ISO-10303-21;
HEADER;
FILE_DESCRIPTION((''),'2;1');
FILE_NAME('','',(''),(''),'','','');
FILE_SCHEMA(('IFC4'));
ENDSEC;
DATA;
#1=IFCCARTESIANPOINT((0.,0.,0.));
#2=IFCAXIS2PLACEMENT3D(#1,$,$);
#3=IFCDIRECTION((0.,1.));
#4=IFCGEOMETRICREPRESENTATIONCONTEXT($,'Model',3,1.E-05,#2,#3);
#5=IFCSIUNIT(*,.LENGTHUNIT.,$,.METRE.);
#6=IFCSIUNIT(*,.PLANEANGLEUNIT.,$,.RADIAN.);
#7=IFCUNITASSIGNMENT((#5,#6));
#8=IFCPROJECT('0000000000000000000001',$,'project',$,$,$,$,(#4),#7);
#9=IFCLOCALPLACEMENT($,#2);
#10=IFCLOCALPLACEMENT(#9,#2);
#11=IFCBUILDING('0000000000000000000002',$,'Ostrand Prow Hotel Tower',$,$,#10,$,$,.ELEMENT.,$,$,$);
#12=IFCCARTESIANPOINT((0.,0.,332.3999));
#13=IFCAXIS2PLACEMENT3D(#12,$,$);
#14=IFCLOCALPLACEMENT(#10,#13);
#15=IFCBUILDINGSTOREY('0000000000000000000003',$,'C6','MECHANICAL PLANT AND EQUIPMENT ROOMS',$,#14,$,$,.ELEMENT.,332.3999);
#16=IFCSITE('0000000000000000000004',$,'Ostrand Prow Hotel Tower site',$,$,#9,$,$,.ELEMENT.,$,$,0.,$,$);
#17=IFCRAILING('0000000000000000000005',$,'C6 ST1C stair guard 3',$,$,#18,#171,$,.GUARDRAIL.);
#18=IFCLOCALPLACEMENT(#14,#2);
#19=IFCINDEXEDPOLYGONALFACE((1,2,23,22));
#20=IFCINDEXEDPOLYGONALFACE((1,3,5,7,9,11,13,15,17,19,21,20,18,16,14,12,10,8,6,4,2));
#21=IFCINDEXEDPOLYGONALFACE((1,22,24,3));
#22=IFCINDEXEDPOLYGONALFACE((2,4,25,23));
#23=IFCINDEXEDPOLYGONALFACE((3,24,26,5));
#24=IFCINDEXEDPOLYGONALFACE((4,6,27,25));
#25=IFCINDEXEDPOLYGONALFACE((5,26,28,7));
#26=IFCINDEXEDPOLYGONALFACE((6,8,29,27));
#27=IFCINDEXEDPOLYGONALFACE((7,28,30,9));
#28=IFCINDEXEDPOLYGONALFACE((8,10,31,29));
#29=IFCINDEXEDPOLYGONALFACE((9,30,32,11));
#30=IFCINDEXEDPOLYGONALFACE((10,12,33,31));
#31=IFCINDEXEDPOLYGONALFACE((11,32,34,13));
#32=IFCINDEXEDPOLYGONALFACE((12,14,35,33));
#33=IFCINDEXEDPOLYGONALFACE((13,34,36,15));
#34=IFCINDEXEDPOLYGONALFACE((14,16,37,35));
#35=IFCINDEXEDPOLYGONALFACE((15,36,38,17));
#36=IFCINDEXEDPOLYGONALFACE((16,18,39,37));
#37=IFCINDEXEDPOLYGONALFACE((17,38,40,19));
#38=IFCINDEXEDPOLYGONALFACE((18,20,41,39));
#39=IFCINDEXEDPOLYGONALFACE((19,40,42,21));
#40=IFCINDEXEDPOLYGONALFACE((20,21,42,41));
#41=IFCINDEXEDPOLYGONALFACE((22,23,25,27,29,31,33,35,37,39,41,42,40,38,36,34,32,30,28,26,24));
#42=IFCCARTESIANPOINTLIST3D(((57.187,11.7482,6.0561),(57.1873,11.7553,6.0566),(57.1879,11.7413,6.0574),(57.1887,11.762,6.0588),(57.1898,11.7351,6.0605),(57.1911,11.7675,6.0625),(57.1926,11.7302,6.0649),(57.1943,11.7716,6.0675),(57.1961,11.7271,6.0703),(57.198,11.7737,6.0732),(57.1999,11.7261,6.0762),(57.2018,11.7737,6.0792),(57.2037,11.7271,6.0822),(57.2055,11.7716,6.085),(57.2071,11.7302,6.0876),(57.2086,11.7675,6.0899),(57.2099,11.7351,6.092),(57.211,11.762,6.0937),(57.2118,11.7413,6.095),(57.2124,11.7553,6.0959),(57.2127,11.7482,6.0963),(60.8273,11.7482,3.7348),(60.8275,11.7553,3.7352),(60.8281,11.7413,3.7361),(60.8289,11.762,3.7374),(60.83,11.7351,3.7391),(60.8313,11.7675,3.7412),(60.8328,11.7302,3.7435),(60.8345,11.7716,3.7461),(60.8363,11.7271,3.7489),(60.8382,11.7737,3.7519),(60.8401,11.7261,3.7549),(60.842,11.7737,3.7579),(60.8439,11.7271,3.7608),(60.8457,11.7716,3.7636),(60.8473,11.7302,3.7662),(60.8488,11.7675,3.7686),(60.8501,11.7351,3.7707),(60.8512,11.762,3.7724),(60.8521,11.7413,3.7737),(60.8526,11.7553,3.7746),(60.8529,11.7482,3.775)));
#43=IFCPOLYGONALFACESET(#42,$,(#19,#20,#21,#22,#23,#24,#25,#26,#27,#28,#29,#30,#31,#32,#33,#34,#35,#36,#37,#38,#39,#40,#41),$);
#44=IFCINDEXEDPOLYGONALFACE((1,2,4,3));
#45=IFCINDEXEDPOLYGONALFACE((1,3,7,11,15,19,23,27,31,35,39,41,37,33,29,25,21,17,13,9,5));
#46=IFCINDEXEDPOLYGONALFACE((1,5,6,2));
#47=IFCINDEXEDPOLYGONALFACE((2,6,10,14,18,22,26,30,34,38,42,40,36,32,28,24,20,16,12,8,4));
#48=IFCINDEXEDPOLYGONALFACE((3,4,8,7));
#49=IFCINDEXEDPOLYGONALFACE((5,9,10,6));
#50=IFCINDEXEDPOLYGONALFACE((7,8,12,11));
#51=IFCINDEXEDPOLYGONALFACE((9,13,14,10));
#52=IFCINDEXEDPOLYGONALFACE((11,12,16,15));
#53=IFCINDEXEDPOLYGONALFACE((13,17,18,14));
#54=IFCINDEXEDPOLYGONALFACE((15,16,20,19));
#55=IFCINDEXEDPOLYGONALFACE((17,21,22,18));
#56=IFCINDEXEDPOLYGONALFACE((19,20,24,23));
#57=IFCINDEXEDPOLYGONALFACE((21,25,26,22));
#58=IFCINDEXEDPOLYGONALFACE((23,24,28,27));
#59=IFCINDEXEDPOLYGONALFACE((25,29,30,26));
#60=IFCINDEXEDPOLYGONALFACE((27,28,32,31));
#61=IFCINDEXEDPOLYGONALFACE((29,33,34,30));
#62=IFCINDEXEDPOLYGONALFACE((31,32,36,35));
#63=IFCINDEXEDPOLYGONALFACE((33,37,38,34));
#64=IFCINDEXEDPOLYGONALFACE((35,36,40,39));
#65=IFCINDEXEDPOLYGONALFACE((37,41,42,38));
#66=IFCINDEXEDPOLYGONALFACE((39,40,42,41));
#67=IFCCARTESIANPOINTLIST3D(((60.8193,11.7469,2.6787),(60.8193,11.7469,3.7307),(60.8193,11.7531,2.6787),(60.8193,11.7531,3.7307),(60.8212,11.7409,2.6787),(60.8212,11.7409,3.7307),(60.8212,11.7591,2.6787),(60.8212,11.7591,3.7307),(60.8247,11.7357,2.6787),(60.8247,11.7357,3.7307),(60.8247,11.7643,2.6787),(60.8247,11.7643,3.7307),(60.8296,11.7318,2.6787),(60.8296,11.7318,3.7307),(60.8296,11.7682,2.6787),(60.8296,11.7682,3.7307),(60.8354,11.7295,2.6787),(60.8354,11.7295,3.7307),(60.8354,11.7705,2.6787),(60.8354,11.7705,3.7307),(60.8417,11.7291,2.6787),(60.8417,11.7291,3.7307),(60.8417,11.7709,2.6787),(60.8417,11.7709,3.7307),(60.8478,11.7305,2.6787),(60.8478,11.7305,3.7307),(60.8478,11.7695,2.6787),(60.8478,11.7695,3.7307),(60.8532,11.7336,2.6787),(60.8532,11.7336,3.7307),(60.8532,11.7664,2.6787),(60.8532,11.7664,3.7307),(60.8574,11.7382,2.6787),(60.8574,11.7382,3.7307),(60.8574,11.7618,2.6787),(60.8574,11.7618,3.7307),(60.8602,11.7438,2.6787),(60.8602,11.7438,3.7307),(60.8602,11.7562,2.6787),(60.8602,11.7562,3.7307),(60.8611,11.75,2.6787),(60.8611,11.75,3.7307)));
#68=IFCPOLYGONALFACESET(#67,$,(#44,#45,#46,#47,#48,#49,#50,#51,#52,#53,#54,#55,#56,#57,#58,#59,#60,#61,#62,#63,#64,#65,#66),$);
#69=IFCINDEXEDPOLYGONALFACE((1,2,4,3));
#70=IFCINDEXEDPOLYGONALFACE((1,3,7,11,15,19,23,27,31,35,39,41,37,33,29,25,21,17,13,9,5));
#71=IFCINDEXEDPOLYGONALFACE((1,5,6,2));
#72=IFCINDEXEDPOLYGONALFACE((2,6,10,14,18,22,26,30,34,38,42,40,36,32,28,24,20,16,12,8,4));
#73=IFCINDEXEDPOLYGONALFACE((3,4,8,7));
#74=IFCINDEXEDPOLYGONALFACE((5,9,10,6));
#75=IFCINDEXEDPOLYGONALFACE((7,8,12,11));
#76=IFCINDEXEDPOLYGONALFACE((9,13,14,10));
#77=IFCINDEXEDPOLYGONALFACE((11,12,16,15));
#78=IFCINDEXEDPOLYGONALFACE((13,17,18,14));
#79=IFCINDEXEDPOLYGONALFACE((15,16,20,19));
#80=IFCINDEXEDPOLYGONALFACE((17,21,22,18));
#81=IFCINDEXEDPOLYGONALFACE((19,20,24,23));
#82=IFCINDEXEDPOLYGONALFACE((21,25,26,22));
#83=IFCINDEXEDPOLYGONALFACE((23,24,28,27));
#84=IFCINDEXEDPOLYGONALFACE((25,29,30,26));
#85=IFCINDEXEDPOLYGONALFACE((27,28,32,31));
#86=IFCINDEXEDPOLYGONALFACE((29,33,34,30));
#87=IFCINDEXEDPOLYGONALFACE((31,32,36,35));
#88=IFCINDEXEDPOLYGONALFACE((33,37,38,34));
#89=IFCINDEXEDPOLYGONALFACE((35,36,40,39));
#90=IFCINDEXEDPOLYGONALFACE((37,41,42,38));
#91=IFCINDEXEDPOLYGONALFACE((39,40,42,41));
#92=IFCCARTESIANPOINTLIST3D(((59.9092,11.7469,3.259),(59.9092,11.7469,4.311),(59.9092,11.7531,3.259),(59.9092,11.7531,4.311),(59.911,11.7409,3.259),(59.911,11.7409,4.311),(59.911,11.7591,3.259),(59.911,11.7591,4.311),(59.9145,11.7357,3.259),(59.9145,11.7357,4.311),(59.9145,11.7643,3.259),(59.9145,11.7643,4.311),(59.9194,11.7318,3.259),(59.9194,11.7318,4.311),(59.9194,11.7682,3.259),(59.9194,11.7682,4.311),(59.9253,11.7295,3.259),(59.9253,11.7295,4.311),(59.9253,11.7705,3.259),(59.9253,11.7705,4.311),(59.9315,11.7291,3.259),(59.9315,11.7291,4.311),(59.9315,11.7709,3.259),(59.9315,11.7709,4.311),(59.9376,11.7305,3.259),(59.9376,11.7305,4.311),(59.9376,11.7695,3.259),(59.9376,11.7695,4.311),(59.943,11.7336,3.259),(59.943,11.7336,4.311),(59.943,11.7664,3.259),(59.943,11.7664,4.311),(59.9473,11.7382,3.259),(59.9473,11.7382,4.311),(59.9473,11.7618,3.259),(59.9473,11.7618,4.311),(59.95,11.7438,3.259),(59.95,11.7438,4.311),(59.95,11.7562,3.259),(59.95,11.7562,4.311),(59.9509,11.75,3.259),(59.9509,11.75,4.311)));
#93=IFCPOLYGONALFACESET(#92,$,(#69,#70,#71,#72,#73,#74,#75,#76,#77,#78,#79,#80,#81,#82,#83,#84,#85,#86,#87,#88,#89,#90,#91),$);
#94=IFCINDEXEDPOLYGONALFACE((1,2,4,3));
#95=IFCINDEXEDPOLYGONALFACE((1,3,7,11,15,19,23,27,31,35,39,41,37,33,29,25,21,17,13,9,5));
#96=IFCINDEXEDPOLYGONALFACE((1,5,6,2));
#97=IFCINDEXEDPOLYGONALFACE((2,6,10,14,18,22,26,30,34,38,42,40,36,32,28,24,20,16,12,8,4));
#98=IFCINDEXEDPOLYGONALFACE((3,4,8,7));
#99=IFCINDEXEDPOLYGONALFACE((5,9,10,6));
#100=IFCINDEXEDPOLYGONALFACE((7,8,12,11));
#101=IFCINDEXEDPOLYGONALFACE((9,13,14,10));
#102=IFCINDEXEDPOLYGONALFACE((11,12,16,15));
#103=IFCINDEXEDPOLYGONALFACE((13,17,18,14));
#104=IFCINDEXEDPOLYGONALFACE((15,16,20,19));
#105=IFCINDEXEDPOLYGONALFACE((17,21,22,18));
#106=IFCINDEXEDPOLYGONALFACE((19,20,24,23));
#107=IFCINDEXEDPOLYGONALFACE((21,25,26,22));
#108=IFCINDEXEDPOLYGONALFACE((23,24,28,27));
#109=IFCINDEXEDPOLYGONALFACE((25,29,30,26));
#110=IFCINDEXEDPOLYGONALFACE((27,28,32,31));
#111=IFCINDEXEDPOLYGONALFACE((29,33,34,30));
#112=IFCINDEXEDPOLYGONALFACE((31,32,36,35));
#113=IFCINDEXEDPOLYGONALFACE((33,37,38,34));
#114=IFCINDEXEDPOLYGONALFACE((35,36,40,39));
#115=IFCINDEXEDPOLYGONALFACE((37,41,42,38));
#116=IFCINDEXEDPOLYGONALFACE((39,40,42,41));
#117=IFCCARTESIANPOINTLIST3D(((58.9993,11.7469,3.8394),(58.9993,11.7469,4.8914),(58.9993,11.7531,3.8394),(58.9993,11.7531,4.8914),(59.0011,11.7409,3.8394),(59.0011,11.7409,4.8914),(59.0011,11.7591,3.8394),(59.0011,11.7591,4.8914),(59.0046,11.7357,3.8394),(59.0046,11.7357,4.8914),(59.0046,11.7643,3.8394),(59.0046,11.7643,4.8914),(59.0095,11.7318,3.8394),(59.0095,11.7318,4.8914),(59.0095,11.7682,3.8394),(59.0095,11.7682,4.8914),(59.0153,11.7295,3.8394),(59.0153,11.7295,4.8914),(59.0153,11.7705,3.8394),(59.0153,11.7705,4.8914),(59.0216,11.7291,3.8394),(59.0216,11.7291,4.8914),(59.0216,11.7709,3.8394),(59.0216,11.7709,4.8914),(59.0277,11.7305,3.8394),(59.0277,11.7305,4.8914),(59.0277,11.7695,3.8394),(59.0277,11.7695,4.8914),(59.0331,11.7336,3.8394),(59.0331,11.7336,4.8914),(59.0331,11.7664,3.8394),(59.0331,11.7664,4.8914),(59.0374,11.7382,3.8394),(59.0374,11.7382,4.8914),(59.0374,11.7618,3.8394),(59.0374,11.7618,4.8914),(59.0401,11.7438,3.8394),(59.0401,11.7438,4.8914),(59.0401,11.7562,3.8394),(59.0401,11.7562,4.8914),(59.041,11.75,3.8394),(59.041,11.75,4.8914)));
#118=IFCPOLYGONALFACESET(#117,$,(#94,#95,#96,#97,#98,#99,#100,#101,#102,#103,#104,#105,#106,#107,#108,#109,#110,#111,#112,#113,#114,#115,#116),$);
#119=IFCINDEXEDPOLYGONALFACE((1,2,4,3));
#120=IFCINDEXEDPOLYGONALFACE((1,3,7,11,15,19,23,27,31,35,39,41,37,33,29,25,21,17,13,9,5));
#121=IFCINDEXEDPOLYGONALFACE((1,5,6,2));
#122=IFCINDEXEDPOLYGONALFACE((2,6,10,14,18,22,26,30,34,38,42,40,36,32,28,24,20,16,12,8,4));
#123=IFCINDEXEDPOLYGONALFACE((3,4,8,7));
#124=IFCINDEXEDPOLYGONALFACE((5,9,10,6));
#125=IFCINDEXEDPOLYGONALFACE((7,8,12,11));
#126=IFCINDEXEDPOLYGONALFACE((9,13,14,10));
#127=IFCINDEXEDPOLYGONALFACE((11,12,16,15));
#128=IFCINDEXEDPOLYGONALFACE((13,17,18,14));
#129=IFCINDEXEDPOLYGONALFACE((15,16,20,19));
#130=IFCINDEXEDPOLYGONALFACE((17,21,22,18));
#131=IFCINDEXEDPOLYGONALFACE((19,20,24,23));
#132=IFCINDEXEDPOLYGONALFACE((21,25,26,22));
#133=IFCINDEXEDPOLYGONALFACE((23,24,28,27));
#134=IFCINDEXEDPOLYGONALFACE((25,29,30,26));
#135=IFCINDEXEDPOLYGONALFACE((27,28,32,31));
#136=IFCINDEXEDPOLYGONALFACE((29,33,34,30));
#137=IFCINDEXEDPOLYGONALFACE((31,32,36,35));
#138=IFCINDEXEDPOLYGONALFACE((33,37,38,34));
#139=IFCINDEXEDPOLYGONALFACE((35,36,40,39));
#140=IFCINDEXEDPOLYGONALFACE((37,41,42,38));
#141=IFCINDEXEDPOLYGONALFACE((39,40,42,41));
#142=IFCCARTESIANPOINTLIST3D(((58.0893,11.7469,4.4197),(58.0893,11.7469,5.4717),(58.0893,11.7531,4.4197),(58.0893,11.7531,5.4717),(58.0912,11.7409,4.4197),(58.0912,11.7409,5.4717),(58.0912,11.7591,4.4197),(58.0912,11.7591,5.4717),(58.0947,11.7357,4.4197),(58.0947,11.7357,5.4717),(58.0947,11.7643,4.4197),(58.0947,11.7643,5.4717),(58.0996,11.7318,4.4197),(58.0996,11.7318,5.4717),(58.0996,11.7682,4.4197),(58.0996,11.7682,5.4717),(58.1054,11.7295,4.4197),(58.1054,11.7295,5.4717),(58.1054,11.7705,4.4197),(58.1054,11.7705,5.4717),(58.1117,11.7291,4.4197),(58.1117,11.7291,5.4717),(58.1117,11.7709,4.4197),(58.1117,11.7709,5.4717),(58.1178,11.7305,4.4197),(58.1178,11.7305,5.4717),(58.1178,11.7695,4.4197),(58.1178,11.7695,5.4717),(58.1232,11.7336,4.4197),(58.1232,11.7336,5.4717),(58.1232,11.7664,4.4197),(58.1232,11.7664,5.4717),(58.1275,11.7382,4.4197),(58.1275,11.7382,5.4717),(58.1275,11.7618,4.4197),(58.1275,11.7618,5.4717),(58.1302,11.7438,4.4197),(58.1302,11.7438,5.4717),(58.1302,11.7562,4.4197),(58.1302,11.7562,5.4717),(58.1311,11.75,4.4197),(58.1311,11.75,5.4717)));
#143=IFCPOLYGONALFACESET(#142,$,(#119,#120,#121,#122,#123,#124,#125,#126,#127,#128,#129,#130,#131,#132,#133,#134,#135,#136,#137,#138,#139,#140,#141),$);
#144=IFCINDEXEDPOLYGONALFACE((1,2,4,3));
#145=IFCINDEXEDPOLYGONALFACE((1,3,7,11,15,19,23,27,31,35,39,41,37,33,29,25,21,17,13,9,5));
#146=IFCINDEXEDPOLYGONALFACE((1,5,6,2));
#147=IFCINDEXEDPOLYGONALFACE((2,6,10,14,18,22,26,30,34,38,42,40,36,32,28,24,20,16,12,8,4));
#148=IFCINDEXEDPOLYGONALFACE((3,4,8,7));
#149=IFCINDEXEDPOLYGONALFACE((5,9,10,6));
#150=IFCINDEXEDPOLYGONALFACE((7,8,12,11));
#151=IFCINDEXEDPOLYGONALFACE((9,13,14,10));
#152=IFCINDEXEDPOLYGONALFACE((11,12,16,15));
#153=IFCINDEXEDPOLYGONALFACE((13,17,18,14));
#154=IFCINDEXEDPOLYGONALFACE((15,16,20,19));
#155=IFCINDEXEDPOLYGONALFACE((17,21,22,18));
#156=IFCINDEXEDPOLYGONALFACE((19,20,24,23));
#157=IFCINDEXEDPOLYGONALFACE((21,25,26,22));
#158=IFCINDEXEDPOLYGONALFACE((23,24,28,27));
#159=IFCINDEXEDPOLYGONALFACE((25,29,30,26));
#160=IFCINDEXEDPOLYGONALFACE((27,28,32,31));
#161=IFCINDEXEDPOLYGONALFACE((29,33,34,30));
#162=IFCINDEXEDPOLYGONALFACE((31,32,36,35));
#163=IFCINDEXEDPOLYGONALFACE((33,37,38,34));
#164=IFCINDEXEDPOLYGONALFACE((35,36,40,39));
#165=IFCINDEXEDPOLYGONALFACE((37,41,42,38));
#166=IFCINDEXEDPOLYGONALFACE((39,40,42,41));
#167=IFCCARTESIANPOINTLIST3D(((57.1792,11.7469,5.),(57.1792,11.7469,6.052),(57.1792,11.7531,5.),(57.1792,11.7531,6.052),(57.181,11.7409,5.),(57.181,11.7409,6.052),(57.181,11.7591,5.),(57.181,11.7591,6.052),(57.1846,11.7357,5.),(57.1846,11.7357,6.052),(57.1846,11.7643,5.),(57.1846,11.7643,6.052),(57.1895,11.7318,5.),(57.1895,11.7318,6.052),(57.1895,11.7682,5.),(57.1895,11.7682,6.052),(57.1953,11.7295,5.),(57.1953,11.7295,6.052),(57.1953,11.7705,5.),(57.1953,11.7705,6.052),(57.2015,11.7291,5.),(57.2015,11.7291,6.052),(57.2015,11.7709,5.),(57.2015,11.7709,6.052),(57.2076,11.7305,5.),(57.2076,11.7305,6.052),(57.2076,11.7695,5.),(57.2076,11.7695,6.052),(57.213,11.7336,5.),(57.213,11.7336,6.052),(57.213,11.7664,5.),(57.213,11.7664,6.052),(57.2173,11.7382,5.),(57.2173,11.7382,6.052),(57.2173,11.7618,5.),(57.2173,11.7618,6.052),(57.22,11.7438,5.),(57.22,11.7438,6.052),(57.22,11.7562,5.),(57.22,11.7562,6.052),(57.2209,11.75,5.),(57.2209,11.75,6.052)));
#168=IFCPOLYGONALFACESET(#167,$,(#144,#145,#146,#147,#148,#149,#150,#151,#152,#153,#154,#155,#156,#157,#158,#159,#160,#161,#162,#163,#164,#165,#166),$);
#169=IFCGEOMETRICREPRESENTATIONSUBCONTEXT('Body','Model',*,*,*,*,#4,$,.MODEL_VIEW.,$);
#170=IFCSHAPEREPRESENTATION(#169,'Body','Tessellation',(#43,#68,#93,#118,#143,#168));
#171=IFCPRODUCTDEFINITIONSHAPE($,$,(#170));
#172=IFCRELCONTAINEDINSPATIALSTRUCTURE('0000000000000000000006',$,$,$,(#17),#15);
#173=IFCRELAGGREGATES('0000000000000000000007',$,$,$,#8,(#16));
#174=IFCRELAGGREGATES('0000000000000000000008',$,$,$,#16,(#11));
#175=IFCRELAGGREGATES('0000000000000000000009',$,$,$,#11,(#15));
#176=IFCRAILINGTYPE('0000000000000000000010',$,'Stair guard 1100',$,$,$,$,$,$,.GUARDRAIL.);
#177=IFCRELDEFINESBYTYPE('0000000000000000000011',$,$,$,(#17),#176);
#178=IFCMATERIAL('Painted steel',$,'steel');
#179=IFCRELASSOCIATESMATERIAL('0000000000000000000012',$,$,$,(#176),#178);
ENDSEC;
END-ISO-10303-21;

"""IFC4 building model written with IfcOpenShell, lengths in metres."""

from ifc_helpers import new_model, si_unit, direction, frame, origin, origin_2d, place, context, subcontext, project, spatial, circle, extrude, material, type_object, element, save


model = new_model("IFC4")

# Units and contexts
model_context = context("Model", 3, precision=1e-05, world=origin(), true_north=direction((0.0, 1.0)))
body_context = subcontext(model_context, "Body", "Model", "MODEL_VIEW")
ifc_project = project(units=[si_unit("LENGTHUNIT", "METRE"), si_unit("PLANEANGLEUNIT", "RADIAN")], contexts=[model_context])

# Site, building, storey
site_placement = place(None, origin())
site = spatial("IfcSite", under=ifc_project, at=site_placement, Name="Ostrand Prow Hotel Tower site", CompositionType="ELEMENT", RefElevation=0.0)
building_placement = place(site_placement, origin())
building = spatial("IfcBuilding", under=site, at=building_placement, Name="Ostrand Prow Hotel Tower", CompositionType="ELEMENT")
storey_placement = place(building_placement, frame((0.0, 0.0, 332.3999)))
storey = spatial("IfcBuildingStorey", under=building, at=storey_placement, Name="C6", Description="MECHANICAL PLANT AND EQUIPMENT ROOMS", CompositionType="ELEMENT", Elevation=332.3999)

# Railing
ifc_material_1 = material(Name="Painted steel", Category="steel")
railing_type_1 = type_object("IfcRailingType", Name="Stair guard 1100", PredefinedType="GUARDRAIL", material=ifc_material_1)
railing_1_placement = place(storey_placement, frame((60.8401, 11.75, 2.6787)))
element("IfcRailing", 1, at=railing_1_placement, inside=storey, type_object=railing_type_1, Name="C6 ST1C stair guard 3", PredefinedType="GUARDRAIL", context=body_context, shape_type="SweptSolid", body=[
    extrude(circle(Radius=0.0239, at=origin_2d()), frame((0.0, 0.0, 1.0762), z_axis=(-0.843153, 0.0, 0.537673), x_axis=(0.0, -1.0, 0.0)), (0.0, 0.0, 1.0), 4.3174),
    extrude(circle(Radius=0.021, at=origin_2d()), origin(), (0.0, 0.0, 1.0), 1.052),
    extrude(circle(Radius=0.021, at=origin_2d()), frame((-0.9102, 0.0, 0.5803)), (0.0, 0.0, 1.0), 1.052),
    extrude(circle(Radius=0.021, at=origin_2d()), frame((-1.8201, 0.0, 1.1606)), (0.0, 0.0, 1.0), 1.052),
    extrude(circle(Radius=0.021, at=origin_2d()), frame((-2.73, 0.0, 1.741)), (0.0, 0.0, 1.0), 1.052),
    extrude(circle(Radius=0.021, at=origin_2d()), frame((-3.6401, 0.0, 2.3213)), (0.0, 0.0, 1.0), 1.052),
])

save(model, "model.ifc")
